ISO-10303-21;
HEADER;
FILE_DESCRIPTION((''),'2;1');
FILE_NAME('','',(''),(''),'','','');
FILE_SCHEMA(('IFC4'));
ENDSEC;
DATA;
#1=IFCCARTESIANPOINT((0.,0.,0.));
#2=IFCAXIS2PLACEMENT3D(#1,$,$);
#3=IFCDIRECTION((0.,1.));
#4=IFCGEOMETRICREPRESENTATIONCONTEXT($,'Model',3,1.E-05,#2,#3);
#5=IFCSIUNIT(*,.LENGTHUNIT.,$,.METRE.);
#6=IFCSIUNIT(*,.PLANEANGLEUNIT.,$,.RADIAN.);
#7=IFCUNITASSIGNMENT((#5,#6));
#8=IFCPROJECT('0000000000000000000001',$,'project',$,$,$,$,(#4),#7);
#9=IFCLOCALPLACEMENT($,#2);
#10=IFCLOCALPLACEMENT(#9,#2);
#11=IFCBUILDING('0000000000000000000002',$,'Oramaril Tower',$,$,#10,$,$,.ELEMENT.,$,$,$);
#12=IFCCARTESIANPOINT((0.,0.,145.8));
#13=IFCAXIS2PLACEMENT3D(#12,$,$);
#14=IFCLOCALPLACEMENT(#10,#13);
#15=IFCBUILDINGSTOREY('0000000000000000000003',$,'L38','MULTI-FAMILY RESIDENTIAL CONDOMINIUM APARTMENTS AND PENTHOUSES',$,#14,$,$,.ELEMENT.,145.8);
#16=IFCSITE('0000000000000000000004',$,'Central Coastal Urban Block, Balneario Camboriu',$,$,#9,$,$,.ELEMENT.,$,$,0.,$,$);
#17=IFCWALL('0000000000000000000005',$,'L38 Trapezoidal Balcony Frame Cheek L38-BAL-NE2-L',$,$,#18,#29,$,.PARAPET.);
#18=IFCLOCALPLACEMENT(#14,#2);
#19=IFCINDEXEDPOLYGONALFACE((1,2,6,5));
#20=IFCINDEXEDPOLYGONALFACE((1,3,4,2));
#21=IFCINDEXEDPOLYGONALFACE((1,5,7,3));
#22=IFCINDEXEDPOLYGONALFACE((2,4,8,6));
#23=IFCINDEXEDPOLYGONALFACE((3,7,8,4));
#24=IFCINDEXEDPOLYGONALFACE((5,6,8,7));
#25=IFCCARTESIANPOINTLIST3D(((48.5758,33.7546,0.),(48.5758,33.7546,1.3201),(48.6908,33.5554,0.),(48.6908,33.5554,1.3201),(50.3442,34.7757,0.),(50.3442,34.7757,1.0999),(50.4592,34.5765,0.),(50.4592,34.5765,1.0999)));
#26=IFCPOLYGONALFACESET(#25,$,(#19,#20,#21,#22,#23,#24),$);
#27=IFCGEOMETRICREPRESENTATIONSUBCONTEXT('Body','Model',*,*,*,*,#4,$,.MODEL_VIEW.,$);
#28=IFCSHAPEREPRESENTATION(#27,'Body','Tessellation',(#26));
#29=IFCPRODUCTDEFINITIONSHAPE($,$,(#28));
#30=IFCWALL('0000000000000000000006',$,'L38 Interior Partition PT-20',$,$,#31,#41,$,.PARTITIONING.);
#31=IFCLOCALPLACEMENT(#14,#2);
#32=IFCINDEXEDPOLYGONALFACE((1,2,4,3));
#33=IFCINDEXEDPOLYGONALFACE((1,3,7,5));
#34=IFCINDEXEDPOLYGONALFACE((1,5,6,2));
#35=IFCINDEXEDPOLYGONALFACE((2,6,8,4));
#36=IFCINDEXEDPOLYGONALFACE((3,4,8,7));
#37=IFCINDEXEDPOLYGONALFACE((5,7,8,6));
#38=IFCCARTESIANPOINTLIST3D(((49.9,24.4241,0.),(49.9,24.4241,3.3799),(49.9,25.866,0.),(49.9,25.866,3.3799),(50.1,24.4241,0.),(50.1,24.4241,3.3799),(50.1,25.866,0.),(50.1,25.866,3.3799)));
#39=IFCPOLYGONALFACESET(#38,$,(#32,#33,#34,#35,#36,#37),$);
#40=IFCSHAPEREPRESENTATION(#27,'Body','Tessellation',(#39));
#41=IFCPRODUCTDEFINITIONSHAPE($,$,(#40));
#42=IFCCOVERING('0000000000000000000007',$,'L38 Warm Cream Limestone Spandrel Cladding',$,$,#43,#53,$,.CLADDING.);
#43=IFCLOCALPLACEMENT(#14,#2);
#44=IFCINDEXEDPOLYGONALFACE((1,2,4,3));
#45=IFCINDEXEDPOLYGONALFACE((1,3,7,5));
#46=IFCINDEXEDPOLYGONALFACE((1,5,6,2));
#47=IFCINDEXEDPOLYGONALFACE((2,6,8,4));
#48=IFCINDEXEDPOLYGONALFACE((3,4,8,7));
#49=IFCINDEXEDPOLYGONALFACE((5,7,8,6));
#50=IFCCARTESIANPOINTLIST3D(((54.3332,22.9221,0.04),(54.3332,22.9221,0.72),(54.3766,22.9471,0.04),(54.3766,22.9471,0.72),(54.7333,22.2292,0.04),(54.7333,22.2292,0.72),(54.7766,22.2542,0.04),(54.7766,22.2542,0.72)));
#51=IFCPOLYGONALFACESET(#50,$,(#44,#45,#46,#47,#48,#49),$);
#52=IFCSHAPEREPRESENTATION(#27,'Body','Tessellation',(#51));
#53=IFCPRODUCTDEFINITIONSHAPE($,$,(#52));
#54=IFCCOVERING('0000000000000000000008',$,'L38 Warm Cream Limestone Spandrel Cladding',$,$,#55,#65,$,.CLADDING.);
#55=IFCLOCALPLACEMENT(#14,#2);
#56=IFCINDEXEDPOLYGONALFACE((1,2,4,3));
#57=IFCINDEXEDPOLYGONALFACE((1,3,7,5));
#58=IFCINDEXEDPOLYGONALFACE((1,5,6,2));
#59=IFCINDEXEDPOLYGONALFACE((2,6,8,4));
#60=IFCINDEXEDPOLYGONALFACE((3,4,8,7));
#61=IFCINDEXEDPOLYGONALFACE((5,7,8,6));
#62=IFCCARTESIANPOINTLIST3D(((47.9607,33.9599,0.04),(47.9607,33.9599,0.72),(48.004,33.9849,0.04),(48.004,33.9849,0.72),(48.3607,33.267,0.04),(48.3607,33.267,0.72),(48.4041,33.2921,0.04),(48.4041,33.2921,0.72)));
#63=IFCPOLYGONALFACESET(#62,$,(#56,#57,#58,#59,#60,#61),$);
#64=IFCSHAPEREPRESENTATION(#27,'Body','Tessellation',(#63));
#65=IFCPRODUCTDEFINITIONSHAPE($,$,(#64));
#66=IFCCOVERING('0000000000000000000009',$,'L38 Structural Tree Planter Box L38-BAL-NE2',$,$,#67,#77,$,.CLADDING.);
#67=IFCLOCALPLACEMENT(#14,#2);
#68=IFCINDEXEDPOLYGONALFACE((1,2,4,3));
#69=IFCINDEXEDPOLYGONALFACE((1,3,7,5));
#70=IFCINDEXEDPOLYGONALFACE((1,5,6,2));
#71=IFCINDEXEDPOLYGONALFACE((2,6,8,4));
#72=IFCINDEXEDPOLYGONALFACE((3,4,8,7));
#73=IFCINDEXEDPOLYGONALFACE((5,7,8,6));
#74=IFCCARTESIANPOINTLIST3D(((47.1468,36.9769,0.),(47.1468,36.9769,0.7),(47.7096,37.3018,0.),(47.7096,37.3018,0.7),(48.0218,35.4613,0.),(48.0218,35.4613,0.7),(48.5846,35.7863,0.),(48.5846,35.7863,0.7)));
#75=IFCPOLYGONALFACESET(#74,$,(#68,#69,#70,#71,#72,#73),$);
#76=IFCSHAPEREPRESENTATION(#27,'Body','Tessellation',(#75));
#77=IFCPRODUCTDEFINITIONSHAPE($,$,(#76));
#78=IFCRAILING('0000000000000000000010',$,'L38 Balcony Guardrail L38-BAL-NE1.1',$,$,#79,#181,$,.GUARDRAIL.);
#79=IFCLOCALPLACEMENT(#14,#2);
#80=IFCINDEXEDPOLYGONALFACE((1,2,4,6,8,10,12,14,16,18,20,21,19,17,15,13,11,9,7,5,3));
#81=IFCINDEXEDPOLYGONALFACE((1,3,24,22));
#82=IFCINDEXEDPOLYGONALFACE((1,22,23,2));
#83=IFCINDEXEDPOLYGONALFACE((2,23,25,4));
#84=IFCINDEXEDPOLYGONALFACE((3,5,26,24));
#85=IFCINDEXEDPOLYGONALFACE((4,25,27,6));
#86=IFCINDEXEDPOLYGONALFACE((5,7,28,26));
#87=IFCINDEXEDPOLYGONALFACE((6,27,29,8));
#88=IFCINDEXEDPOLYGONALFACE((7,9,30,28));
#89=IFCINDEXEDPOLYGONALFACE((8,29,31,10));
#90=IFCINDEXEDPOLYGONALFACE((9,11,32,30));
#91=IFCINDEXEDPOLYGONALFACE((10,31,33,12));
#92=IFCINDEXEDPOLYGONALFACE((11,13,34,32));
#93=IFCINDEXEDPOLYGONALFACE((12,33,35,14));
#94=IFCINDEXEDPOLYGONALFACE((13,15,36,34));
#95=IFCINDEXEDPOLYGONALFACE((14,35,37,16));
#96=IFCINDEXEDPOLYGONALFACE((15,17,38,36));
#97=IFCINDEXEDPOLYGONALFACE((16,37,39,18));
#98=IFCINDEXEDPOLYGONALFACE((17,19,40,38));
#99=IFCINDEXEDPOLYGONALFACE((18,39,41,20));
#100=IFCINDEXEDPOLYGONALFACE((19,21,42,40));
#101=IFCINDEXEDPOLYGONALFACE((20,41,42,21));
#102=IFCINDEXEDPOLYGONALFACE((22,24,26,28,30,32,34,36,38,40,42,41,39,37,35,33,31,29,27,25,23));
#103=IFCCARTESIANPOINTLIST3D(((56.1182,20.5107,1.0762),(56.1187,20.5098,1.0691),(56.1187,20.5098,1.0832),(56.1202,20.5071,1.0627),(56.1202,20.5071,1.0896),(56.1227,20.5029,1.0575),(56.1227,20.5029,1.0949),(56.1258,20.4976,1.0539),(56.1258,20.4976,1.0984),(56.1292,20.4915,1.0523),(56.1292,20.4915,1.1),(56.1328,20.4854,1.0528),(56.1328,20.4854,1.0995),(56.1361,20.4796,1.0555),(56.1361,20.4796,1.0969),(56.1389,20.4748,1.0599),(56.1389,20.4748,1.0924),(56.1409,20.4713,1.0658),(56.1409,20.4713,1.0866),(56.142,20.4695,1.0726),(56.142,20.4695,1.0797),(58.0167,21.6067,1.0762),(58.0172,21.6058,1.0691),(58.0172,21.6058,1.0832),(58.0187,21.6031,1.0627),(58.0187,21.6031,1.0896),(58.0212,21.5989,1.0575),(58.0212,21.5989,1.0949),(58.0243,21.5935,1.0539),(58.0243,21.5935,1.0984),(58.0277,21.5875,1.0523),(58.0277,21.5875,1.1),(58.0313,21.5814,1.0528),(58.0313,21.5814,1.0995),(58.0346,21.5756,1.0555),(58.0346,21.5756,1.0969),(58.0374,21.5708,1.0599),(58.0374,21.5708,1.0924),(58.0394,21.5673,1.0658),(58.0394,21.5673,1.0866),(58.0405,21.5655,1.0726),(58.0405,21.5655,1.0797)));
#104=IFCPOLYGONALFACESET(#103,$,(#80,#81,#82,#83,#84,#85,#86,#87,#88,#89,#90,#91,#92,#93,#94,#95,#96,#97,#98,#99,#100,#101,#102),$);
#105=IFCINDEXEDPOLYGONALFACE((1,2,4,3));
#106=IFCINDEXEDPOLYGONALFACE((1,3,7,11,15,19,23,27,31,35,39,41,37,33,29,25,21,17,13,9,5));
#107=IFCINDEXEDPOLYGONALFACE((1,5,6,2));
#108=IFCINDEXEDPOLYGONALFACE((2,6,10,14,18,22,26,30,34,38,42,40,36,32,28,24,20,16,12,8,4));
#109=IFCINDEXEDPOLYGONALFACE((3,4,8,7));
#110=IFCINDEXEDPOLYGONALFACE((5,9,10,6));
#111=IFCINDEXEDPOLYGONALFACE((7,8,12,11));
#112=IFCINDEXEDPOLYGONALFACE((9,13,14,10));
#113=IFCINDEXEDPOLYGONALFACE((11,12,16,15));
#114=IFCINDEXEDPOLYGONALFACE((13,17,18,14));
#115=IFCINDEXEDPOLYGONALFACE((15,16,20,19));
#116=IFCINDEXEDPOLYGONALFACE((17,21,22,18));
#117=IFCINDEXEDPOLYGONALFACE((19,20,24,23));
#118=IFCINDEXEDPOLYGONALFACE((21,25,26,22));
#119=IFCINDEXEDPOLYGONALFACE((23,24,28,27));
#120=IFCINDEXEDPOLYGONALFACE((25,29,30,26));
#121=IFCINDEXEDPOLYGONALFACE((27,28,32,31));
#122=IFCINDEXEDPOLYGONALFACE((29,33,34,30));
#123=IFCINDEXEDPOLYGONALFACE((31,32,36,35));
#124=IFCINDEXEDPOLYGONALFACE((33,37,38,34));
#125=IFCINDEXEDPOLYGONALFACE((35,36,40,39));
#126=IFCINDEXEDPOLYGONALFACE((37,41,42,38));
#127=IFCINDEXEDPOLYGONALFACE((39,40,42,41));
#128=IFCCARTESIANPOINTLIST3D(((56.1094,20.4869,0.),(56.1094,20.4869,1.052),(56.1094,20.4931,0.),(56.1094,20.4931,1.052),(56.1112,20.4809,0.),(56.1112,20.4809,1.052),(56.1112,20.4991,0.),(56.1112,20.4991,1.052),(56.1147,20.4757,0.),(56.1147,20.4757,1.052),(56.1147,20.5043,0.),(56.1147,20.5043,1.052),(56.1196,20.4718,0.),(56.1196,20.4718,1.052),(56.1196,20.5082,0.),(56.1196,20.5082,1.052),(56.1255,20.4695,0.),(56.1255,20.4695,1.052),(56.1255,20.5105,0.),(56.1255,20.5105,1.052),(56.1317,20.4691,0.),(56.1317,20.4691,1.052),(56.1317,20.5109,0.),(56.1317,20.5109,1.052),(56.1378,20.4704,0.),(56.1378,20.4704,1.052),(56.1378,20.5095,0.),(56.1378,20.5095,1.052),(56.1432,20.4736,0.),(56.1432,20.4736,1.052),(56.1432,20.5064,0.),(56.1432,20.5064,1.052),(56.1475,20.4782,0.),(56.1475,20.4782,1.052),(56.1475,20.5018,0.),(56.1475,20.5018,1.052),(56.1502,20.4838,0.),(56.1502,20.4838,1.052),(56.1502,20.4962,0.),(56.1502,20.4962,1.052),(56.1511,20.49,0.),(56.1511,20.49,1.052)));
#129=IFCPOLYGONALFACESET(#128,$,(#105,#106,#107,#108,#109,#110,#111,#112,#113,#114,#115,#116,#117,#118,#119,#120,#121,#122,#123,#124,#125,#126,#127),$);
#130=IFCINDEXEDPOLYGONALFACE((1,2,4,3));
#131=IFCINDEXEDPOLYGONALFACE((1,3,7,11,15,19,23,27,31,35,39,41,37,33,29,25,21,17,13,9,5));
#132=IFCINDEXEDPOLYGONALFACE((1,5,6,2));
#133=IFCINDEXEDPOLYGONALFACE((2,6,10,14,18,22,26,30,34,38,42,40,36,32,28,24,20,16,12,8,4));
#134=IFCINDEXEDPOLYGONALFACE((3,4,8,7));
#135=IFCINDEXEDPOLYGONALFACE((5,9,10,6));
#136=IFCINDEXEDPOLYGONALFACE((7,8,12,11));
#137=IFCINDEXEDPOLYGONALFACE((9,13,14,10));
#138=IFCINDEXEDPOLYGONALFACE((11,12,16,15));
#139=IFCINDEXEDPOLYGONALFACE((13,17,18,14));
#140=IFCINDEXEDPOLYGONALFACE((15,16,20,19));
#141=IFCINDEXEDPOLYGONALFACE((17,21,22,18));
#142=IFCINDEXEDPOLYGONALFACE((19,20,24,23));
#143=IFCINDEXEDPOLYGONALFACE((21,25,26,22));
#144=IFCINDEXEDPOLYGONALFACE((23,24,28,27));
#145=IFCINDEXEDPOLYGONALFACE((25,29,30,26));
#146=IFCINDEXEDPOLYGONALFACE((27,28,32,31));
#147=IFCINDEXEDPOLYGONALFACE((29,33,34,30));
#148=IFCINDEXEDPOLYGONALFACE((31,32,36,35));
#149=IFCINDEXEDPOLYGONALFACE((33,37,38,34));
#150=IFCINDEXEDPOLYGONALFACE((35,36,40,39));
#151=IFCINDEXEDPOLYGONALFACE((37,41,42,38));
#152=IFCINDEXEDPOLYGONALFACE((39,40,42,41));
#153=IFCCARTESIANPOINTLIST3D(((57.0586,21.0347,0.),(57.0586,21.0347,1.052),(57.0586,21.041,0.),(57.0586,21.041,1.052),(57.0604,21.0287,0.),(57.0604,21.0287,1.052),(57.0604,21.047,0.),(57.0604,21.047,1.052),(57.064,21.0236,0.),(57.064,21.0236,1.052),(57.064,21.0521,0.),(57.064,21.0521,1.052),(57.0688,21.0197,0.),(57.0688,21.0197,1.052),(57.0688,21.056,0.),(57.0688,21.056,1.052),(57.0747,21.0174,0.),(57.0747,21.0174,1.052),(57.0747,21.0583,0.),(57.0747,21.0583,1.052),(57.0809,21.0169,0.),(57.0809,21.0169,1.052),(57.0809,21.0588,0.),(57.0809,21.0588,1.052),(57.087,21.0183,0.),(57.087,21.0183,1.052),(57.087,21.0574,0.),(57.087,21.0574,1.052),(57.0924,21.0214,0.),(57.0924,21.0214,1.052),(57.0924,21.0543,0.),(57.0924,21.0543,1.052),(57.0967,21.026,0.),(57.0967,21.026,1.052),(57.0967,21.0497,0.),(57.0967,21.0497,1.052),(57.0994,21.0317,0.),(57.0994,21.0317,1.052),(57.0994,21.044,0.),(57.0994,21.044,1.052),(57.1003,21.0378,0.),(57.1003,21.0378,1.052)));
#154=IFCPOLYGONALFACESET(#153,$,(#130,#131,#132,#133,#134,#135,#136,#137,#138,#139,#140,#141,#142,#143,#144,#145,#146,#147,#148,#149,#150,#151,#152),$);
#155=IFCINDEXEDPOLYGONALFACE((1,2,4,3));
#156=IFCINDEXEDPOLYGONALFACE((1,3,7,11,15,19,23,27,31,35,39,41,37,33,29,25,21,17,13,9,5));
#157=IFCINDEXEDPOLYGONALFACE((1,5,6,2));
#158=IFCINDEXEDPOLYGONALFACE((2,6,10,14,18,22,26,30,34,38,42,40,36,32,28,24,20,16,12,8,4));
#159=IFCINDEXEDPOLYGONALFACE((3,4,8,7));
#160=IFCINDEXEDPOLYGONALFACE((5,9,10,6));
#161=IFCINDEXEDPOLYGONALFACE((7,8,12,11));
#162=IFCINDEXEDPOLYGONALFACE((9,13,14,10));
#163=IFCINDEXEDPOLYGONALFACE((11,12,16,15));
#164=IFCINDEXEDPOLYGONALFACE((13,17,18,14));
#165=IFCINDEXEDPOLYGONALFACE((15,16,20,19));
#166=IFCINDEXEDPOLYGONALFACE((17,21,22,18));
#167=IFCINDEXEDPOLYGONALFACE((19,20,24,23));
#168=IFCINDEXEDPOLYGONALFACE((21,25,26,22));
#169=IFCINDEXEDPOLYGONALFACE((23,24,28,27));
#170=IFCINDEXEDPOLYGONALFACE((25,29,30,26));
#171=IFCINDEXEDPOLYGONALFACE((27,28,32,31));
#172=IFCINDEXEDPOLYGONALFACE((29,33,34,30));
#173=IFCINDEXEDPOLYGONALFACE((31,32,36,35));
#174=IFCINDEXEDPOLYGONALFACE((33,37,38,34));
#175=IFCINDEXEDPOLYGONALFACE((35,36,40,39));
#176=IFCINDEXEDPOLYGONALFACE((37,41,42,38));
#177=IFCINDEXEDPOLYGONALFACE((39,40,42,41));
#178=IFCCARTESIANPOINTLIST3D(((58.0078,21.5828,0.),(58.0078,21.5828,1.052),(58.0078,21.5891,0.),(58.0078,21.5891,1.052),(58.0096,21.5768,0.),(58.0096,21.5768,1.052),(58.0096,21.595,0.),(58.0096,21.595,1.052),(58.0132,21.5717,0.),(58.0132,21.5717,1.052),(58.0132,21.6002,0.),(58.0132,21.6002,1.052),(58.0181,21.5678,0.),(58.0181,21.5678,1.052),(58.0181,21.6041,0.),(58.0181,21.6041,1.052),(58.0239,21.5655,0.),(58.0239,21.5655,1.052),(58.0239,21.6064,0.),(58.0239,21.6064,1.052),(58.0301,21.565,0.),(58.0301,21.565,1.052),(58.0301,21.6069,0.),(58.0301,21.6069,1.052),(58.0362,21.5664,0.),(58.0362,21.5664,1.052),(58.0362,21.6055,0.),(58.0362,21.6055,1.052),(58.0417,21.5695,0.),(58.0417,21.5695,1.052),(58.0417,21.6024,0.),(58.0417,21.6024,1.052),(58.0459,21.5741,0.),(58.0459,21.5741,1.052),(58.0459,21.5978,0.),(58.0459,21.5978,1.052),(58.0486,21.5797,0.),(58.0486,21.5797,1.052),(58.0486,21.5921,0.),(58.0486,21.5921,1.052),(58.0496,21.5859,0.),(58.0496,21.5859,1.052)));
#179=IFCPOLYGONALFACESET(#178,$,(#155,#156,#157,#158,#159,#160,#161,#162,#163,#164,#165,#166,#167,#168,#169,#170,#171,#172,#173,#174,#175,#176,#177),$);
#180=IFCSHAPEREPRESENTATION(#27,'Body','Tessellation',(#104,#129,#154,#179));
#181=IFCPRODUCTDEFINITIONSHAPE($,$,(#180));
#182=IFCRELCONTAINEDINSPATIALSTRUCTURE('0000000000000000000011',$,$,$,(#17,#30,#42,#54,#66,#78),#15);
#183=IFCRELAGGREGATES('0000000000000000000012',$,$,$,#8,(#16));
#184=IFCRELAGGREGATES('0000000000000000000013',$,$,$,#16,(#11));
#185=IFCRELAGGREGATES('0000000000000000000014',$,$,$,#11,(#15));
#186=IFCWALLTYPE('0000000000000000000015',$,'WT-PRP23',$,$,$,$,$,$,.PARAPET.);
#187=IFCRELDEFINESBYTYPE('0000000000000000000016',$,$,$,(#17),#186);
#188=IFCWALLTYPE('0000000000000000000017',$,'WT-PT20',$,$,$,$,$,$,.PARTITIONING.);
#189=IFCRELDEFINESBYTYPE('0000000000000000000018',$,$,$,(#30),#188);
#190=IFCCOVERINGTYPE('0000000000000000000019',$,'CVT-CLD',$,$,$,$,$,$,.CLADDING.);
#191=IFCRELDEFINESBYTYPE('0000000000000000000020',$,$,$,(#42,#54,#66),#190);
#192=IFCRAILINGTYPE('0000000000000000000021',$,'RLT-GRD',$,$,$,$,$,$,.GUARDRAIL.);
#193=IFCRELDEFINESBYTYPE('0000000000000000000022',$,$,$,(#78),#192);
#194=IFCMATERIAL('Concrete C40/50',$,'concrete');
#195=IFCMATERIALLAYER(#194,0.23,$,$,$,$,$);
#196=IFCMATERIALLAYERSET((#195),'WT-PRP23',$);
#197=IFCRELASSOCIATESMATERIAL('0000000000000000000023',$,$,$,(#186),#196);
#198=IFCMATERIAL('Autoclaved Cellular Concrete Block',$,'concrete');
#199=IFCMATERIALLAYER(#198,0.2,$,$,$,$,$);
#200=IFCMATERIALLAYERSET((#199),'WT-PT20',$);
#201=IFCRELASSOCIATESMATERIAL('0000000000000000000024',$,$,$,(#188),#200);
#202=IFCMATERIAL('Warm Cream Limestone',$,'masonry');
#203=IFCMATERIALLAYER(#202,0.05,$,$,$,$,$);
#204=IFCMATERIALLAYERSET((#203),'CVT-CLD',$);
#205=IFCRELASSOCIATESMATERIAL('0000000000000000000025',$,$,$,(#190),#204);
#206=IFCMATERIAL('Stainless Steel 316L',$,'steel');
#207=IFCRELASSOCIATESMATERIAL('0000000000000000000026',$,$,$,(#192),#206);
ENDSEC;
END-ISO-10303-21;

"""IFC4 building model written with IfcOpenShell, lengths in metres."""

from ifc_helpers import new_model, si_unit, direction, frame, frame_2d, origin, origin_2d, place, context, subcontext, project, spatial, polyline, rectangle, circle, outline, extrude, material, layer, layer_set, type_object, element, save


model = new_model("IFC4")

# Units and contexts
model_context = context("Model", 3, precision=1e-05, world=origin(), true_north=direction((0.0, 1.0)))
body_context = subcontext(model_context, "Body", "Model", "MODEL_VIEW")
ifc_project = project(units=[si_unit("LENGTHUNIT", "METRE"), si_unit("PLANEANGLEUNIT", "RADIAN")], contexts=[model_context])

# Site, building, storey
site_placement = place(None, origin())
site = spatial("IfcSite", under=ifc_project, at=site_placement, Name="Central Coastal Urban Block, Balneario Camboriu", CompositionType="ELEMENT", RefElevation=0.0)
building_placement = place(site_placement, origin())
building = spatial("IfcBuilding", under=site, at=building_placement, Name="Oramaril Tower", CompositionType="ELEMENT")
storey_placement = place(building_placement, frame((0.0, 0.0, 145.8)))
storey = spatial("IfcBuildingStorey", under=building, at=storey_placement, Name="L38", Description="MULTI-FAMILY RESIDENTIAL CONDOMINIUM APARTMENTS AND PENTHOUSES", CompositionType="ELEMENT", Elevation=145.8)

# Wall
ifc_material_1 = material(Name="Concrete C40/50", Category="concrete")
ifc_layer_1 = layer(ifc_material_1, 0.23)
ifc_layer_set_1 = layer_set([ifc_layer_1], Name="WT-PRP23")
wall_type_1 = type_object("IfcWallType", Name="WT-PRP23", PredefinedType="PARAPET", material=ifc_layer_set_1)
for number, where, z_axis, x_axis, name in (
    (1, (48.6333, 33.655, 0.0), (0.0, 0.0, 1.0), (0.866012, 0.500023, 0.0), "L38 Trapezoidal Balcony Frame Cheek L38-BAL-NE2-L"),
):
    element("IfcWall", number, at=place(storey_placement, frame(where, z_axis=z_axis, x_axis=x_axis)), inside=storey, type_object=wall_type_1, Name=name, PredefinedType="PARAPET", context=body_context, shape_type="SweptSolid", body=[
        extrude(outline(polyline([(0.0, 0.0), (2.042, 0.0), (2.042, 1.0999), (0.0, 1.3201), (0.0, 0.0)])), frame((0.0, 0.115, 0.0), z_axis=(0.0, -1.0, 0.0), x_axis=(1.0, 0.0, 0.0)), (0.0, 0.0, 1.0), 0.23),
    ])

# Shared definitions
ifc_material_2 = material(Name="Autoclaved Cellular Concrete Block", Category="concrete")
ifc_layer_2 = layer(ifc_material_2, 0.2)
ifc_layer_set_2 = layer_set([ifc_layer_2], Name="WT-PT20")
wall_type_2 = type_object("IfcWallType", Name="WT-PT20", PredefinedType="PARTITIONING", material=ifc_layer_set_2)

# Wall
wall_1_placement = place(storey_placement, frame((50.0, 24.4241, 0.0), z_axis=(0.0, 0.0, 1.0), x_axis=(0.0, 1.0, 0.0)))
element("IfcWall", 2, at=wall_1_placement, inside=storey, type_object=wall_type_2, Name="L38 Interior Partition PT-20", PredefinedType="PARTITIONING", context=body_context, shape_type="SweptSolid", body=[
    extrude(rectangle(XDim=1.4419, YDim=0.2, at=frame_2d((0.7209, 0.0))), origin(), (0.0, 0.0, 1.0), 3.3799),
])

# Coverings
ifc_material_3 = material(Name="Warm Cream Limestone", Category="masonry")
ifc_layer_3 = layer(ifc_material_3, 0.05)
ifc_layer_set_3 = layer_set([ifc_layer_3], Name="CVT-CLD")
covering_type = type_object("IfcCoveringType", Name="CVT-CLD", PredefinedType="CLADDING", material=ifc_layer_set_3)
for number, where, z_axis, x_axis, name in (
    (3, (54.5549, 22.5881, 0.04), (0.0, 0.0, 1.0), (-0.499998, 0.866026, 0.0), "L38 Warm Cream Limestone Spandrel Cladding"),
    (4, (48.1824, 33.626, 0.04), (0.0, 0.0, 1.0), (-0.499998, 0.866026, 0.0), "L38 Warm Cream Limestone Spandrel Cladding"),
):
    element("IfcCovering", number, at=place(storey_placement, frame(where, z_axis=z_axis, x_axis=x_axis)), inside=storey, type_object=covering_type, Name=name, PredefinedType="CLADDING", context=body_context, shape_type="SweptSolid", body=[
        extrude(rectangle(XDim=0.8, YDim=0.05, at=origin_2d()), origin(), (0.0, 0.0, 1.0), 0.6799),
    ])
covering_placement = place(storey_placement, frame((47.8657, 36.3816, 0.0), z_axis=(0.0, 0.0, 1.0), x_axis=(-0.499998, 0.866026, 0.0)))
element("IfcCovering", 5, at=covering_placement, inside=storey, type_object=covering_type, Name="L38 Structural Tree Planter Box L38-BAL-NE2", PredefinedType="CLADDING", context=body_context, shape_type="SweptSolid", body=[
    extrude(rectangle(XDim=1.75, YDim=0.6499, at=origin_2d()), origin(), (0.0, 0.0, 1.0), 0.7),
])

# Railing
ifc_material_4 = material(Name="Stainless Steel 316L", Category="steel")
railing_type = type_object("IfcRailingType", Name="RLT-GRD", PredefinedType="GUARDRAIL", material=ifc_material_4)
railing_1_placement = place(storey_placement, frame((56.1301, 20.49, 0.0)))
element("IfcRailing", 6, at=railing_1_placement, inside=storey, type_object=railing_type, Name="L38 Balcony Guardrail L38-BAL-NE1.1", PredefinedType="GUARDRAIL", context=body_context, shape_type="SweptSolid", body=[
    extrude(circle(Radius=0.0239, at=origin_2d()), frame((0.0, 0.0, 1.0762), z_axis=(0.866048, 0.49996, 0.0), x_axis=(-0.49996, 0.866048, 0.0)), (0.0, 0.0, 1.0), 2.1921),
    extrude(circle(Radius=0.021, at=origin_2d()), origin(), (0.0, 0.0, 1.0), 1.052),
    extrude(circle(Radius=0.021, at=origin_2d()), frame((0.9492, 0.5479, 0.0)), (0.0, 0.0, 1.0), 1.052),
    extrude(circle(Radius=0.021, at=origin_2d()), frame((1.8984, 1.0959, 0.0)), (0.0, 0.0, 1.0), 1.052),
])

save(model, "model.ifc")
